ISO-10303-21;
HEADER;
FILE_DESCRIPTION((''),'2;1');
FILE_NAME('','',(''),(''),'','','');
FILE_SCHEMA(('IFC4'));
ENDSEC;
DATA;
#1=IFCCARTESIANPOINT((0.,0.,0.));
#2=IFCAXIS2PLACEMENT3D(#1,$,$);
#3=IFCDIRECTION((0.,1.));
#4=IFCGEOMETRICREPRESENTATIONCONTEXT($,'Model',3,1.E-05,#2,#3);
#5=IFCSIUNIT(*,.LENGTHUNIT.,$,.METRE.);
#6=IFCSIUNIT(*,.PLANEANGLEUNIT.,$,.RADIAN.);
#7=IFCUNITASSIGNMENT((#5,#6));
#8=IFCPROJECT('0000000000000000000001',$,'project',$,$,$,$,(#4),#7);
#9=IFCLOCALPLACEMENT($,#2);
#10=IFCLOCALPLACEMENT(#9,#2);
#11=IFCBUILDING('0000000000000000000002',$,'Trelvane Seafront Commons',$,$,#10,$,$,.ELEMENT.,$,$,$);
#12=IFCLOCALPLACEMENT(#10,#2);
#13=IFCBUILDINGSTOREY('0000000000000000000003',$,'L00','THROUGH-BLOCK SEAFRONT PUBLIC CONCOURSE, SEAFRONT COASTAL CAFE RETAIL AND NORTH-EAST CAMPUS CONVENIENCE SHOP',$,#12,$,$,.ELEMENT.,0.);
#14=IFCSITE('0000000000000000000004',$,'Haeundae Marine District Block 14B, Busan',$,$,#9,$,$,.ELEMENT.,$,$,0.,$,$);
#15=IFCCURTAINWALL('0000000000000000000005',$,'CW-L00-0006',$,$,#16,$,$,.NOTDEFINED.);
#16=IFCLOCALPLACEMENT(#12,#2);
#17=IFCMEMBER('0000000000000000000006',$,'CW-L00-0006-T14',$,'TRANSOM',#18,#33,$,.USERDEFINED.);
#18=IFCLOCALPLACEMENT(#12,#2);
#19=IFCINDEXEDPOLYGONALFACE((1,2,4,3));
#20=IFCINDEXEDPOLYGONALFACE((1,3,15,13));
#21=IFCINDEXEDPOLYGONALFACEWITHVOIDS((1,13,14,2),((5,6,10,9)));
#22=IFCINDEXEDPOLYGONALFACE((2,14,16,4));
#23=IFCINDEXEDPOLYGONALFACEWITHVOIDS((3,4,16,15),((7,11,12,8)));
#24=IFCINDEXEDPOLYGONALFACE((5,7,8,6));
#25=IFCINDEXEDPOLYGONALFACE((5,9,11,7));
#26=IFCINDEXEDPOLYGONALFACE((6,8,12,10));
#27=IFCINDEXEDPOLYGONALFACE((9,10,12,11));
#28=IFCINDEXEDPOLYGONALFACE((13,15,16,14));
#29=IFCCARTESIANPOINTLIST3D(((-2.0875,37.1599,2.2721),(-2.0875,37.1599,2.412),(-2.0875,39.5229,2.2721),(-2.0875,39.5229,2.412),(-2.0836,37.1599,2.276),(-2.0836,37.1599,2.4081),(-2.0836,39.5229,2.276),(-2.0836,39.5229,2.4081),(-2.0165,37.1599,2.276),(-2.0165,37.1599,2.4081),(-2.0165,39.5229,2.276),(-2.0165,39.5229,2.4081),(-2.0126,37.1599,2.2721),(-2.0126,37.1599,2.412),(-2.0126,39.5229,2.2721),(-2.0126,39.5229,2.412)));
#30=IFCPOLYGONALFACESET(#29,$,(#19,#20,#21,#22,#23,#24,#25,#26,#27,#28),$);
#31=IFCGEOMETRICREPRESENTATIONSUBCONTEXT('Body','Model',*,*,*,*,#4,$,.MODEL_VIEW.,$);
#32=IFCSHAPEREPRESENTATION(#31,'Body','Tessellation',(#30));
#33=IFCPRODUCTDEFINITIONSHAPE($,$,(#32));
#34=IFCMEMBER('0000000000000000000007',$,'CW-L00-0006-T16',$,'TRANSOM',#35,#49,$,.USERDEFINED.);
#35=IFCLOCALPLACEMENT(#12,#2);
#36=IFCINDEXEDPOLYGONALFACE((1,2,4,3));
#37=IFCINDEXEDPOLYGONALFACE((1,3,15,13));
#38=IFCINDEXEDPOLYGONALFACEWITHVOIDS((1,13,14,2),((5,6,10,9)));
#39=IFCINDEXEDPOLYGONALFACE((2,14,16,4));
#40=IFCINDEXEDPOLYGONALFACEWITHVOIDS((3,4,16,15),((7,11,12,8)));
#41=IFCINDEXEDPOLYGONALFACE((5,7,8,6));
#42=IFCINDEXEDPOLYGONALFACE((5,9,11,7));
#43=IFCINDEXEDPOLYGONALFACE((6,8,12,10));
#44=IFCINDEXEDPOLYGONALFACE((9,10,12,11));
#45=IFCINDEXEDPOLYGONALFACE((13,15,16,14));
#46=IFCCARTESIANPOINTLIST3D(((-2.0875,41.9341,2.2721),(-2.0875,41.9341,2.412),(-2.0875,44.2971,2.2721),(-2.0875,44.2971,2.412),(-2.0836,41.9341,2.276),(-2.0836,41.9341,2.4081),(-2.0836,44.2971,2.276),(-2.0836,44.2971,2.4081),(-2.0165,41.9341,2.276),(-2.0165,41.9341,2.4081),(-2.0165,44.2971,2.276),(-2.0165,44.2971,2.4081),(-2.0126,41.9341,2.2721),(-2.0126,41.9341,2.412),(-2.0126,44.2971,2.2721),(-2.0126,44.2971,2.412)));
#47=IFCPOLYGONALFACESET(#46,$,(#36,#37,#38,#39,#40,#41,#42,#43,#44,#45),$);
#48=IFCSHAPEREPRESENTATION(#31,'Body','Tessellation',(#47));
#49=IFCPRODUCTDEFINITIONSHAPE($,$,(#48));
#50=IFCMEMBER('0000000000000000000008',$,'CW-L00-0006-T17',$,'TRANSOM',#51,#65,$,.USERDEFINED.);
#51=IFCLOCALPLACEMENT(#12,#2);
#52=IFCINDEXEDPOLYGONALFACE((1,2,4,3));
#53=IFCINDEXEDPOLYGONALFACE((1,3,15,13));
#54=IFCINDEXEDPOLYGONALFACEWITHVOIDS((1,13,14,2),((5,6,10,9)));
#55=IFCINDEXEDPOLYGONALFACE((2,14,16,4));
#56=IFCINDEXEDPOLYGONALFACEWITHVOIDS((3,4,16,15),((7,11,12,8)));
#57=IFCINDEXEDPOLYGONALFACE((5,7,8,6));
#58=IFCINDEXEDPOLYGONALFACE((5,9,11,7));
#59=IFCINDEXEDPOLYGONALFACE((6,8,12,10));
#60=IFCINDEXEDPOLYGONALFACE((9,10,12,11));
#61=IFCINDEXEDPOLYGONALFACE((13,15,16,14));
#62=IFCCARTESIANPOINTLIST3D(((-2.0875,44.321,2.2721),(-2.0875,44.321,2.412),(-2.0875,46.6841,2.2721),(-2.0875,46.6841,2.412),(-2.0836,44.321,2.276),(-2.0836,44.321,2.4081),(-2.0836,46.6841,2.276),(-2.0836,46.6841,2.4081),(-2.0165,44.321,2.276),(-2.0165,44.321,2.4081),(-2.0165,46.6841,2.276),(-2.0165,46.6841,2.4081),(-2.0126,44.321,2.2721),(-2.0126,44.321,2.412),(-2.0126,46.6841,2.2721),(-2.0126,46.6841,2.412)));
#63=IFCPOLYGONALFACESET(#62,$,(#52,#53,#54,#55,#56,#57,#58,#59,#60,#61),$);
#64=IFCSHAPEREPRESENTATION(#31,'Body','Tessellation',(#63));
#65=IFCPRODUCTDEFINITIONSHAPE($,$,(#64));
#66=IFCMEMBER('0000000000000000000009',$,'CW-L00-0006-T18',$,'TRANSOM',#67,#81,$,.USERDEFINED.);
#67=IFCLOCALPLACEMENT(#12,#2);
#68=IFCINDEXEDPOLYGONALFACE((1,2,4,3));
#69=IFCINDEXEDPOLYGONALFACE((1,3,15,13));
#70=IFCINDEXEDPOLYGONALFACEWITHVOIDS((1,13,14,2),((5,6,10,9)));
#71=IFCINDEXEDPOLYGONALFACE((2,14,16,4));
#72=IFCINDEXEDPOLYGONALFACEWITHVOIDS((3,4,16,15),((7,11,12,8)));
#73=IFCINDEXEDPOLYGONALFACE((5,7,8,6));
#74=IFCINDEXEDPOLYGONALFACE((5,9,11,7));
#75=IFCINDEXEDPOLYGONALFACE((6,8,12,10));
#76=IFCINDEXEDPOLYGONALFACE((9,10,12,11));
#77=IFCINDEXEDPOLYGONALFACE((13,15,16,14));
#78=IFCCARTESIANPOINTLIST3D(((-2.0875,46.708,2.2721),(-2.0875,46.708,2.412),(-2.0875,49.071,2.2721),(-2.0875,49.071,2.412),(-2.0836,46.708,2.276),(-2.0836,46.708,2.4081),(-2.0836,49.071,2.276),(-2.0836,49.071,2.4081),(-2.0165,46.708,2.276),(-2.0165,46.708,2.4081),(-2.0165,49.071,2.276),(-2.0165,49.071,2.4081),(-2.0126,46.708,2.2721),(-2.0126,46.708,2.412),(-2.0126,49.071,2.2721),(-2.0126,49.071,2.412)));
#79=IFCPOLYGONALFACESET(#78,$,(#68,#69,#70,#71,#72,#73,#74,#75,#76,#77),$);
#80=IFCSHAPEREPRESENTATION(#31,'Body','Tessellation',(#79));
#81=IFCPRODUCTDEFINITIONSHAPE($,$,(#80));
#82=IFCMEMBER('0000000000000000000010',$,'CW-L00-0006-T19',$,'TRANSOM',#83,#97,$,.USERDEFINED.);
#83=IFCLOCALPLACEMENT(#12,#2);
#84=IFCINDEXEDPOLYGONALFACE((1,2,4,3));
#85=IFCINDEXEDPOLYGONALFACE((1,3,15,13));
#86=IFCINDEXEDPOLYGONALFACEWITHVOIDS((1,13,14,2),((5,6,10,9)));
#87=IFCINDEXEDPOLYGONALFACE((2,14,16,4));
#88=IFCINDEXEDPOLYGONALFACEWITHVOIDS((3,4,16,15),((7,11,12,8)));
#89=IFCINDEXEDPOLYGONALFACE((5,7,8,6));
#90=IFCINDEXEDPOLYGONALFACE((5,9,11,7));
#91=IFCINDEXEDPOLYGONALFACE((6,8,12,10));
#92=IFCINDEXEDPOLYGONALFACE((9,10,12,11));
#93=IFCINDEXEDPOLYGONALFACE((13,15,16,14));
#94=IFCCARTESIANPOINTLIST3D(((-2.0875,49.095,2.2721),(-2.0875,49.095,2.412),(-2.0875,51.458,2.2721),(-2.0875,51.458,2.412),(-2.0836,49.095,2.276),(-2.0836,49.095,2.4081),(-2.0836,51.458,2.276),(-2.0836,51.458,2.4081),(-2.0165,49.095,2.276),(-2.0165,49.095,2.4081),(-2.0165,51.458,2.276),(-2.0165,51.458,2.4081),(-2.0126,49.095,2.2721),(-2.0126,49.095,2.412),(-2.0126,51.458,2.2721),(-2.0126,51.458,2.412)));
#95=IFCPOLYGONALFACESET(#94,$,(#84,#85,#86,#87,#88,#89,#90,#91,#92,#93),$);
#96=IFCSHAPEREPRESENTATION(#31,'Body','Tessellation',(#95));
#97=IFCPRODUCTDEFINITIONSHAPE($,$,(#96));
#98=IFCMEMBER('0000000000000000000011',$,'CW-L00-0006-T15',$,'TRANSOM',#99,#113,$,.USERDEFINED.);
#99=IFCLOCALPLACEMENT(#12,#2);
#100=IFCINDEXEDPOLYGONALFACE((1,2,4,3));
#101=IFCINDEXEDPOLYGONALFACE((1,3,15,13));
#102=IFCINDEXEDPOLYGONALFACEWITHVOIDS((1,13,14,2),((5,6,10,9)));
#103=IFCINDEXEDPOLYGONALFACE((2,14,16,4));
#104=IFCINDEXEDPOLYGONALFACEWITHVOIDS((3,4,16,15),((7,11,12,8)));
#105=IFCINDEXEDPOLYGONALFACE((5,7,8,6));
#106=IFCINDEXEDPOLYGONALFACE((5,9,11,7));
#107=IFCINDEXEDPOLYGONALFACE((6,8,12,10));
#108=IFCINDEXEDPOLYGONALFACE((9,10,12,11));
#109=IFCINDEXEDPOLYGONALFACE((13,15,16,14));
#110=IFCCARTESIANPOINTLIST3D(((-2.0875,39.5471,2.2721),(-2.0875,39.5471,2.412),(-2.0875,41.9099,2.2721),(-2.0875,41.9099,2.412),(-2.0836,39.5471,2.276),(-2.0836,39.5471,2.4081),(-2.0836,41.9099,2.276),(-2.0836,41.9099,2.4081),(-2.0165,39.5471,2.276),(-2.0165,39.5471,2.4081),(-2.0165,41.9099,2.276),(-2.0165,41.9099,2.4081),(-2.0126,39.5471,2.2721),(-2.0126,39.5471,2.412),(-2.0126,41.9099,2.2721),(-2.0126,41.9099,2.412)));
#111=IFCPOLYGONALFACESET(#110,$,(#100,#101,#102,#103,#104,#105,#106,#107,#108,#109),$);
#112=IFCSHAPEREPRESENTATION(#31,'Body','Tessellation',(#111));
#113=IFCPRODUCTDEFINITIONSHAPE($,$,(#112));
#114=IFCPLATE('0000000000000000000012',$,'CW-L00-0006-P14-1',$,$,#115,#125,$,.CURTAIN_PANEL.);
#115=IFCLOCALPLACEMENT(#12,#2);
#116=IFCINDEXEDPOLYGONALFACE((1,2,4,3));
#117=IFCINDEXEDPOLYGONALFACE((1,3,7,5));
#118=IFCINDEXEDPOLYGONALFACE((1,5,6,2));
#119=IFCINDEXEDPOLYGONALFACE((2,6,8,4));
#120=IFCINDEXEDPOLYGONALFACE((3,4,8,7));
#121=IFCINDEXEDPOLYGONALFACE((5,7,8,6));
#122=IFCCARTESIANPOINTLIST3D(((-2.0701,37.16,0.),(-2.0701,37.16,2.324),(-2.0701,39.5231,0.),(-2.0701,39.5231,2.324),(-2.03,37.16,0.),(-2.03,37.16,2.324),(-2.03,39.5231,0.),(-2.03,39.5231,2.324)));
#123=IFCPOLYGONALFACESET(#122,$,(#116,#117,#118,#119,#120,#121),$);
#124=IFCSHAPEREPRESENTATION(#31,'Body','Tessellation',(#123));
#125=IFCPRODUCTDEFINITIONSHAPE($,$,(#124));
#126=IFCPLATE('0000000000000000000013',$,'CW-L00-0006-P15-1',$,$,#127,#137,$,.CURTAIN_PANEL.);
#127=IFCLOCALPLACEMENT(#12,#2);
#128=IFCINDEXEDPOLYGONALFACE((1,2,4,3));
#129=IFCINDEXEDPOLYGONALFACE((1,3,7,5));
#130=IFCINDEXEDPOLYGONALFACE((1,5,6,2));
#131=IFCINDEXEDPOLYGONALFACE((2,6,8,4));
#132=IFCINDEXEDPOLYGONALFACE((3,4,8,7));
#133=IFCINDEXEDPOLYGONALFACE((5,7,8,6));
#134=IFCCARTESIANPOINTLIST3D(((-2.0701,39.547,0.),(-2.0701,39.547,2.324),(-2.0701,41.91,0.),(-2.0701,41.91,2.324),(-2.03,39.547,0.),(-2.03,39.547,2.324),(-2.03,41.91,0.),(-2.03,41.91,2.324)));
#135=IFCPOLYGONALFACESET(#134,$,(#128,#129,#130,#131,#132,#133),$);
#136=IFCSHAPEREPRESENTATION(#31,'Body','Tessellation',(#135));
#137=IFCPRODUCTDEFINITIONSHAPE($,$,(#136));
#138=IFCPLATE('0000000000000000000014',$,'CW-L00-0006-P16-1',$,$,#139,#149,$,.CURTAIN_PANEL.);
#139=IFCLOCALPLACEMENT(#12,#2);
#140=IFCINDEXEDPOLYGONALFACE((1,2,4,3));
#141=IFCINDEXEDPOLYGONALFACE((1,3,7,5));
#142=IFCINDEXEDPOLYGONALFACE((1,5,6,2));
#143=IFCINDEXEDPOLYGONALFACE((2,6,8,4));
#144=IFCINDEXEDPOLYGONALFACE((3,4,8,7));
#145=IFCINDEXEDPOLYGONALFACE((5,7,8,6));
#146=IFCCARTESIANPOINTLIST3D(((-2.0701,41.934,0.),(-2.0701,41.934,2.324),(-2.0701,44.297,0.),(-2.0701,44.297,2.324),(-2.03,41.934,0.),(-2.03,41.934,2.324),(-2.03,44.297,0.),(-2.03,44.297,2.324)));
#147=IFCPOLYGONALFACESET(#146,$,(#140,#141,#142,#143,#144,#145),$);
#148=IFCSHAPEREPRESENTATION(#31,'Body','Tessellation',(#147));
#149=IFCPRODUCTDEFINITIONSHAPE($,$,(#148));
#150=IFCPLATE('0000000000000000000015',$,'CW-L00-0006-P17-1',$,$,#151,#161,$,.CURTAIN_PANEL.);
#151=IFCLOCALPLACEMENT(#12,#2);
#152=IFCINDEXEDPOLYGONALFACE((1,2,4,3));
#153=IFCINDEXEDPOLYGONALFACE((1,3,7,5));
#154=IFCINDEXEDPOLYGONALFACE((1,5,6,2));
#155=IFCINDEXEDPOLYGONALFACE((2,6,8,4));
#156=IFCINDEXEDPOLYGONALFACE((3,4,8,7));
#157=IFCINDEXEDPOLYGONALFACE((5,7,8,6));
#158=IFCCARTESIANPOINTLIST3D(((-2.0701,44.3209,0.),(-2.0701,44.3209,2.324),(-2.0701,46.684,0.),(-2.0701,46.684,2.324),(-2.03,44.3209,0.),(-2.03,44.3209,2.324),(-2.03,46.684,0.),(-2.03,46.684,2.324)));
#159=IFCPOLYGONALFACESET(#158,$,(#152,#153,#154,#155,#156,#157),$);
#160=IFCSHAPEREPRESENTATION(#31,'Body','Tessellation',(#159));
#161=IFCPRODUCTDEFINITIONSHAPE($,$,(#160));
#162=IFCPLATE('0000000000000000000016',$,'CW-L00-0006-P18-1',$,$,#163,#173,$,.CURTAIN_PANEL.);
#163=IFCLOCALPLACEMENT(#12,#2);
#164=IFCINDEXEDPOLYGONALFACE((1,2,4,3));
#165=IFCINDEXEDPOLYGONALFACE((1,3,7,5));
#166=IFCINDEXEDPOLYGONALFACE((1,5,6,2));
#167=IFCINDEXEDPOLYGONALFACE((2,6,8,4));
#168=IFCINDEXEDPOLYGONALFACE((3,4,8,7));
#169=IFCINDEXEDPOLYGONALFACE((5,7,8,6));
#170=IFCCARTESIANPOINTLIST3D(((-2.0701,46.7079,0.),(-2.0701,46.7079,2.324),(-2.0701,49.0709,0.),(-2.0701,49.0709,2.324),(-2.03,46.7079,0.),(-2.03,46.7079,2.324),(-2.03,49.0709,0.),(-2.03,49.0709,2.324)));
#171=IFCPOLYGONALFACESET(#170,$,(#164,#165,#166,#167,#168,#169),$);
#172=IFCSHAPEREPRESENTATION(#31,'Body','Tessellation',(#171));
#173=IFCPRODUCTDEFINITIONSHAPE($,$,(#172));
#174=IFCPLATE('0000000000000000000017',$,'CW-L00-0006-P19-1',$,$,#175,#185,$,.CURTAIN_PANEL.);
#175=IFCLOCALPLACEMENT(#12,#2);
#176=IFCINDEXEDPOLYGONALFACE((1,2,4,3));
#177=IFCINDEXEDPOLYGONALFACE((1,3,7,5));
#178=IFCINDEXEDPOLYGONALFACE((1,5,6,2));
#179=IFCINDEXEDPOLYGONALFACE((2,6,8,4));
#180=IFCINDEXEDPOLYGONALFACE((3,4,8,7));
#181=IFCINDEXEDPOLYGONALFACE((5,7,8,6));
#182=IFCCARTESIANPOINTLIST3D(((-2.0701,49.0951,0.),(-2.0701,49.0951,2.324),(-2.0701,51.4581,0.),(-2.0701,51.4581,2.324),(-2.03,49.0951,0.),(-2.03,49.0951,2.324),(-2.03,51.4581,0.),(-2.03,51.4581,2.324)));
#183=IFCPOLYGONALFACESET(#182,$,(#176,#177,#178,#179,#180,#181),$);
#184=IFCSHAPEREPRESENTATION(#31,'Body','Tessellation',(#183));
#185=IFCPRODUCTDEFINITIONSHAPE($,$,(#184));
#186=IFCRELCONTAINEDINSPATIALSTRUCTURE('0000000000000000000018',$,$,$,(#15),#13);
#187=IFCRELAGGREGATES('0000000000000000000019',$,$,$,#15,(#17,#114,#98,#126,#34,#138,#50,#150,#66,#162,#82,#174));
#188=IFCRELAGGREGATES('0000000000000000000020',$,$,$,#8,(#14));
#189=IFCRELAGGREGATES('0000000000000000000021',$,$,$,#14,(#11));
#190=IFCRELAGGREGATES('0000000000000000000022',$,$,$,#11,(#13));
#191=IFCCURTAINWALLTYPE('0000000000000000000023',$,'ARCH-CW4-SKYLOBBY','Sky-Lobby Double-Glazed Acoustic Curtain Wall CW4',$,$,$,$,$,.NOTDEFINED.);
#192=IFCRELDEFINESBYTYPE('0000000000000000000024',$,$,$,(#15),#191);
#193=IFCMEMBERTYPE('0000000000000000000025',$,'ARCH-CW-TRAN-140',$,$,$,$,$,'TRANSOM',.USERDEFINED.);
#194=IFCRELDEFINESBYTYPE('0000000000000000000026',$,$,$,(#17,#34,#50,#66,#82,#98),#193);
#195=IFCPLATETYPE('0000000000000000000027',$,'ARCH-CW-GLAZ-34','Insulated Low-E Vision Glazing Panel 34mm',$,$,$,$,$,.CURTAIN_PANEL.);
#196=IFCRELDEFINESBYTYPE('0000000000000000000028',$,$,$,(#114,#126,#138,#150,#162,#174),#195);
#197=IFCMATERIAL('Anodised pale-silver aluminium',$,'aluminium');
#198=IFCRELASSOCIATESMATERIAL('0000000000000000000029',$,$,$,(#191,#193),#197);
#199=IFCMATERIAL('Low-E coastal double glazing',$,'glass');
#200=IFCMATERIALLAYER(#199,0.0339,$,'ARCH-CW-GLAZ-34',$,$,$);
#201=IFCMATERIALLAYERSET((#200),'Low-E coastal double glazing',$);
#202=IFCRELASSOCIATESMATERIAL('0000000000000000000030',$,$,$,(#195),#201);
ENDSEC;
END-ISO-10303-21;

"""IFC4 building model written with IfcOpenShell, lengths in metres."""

from ifc_helpers import new_model, si_unit, direction, frame, origin, origin_2d, place, context, subcontext, project, spatial, rectangle, hollow_rectangle, extrude, source, transform, mapped, material, layer, layer_set, material_profile, profile_set, type_object, element, aggregate, save


model = new_model("IFC4")

# Units and contexts
model_context = context("Model", 3, precision=1e-05, world=origin(), true_north=direction((0.0, 1.0)))
body_context = subcontext(model_context, "Body", "Model", "MODEL_VIEW")
ifc_project = project(units=[si_unit("LENGTHUNIT", "METRE"), si_unit("PLANEANGLEUNIT", "RADIAN")], contexts=[model_context])

# Site, building, storey
site_placement = place(None, origin())
site = spatial("IfcSite", under=ifc_project, at=site_placement, Name="Haeundae Marine District Block 14B, Busan", CompositionType="ELEMENT", RefElevation=0.0)
building_placement = place(site_placement, origin())
building = spatial("IfcBuilding", under=site, at=building_placement, Name="Trelvane Seafront Commons", CompositionType="ELEMENT")
storey_placement = place(building_placement, origin())
storey = spatial("IfcBuildingStorey", under=building, at=storey_placement, Name="L00", Description="THROUGH-BLOCK SEAFRONT PUBLIC CONCOURSE, SEAFRONT COASTAL CAFE RETAIL AND NORTH-EAST CAMPUS CONVENIENCE SHOP", CompositionType="ELEMENT", Elevation=0.0)

# Curtain wall, members, plates
ifc_material_1 = material(Name="Anodised pale-silver aluminium", Category="aluminium")
curtain_wall_type = type_object("IfcCurtainWallType", Name="ARCH-CW4-SKYLOBBY", Description="Sky-Lobby Double-Glazed Acoustic Curtain Wall CW4", PredefinedType="NOTDEFINED", material=ifc_material_1)
curtain_wall_placement = place(storey_placement, origin())
curtain_wall = element("IfcCurtainWall", 1, at=curtain_wall_placement, inside=storey, type_object=curtain_wall_type, Name="CW-L00-0006", PredefinedType="NOTDEFINED")
ifc_material_profile_1 = material_profile(ifc_material_1, hollow_rectangle(XDim=0.075, YDim=0.1399, WallThickness=0.0039, at=origin_2d()), Name="TRAN-75x140x4")
ifc_profile_set_1 = profile_set([ifc_material_profile_1], Name="Anodised pale-silver aluminium")
member_type_1 = type_object("IfcMemberType", Name="ARCH-CW-TRAN-140", ElementType="TRANSOM", PredefinedType="USERDEFINED", material=ifc_profile_set_1)
shared_shape_1 = source(origin(), body_context, "Body", "SweptSolid", [
    extrude(hollow_rectangle(XDim=0.075, YDim=0.1399, WallThickness=0.0039, at=origin_2d()), origin(), (0.0, 0.0, 1.0), 2.363),
])
member_1_placement = place(storey_placement, frame((-2.05, 37.1599, 2.342), z_axis=(0.0, 1.0, 0.0), x_axis=(-1.0, 0.0, 0.0)))
member_1 = element("IfcMember", 2, at=member_1_placement, type_object=member_type_1, Name="CW-L00-0006-T14", ObjectType="TRANSOM", PredefinedType="USERDEFINED", context=body_context, shape_type="MappedRepresentation", body=[
    mapped(shared_shape_1, transform((0.0, 0.0, 0.0), x_axis=(1.0, 0.0, 0.0), y_axis=(0.0, 1.0, 0.0), z_axis=(0.0, 0.0, 1.0), scale=1.0)),
])
member_2_placement = place(storey_placement, frame((-2.05, 41.9341, 2.342), z_axis=(0.0, 1.0, 0.0), x_axis=(-1.0, 0.0, 0.0)))
member_2 = element("IfcMember", 3, at=member_2_placement, type_object=member_type_1, Name="CW-L00-0006-T16", ObjectType="TRANSOM", PredefinedType="USERDEFINED", context=body_context, shape_type="MappedRepresentation", body=[
    mapped(shared_shape_1, transform((0.0, 0.0, 0.0), x_axis=(1.0, 0.0, 0.0), y_axis=(0.0, 1.0, 0.0), z_axis=(0.0, 0.0, 1.0), scale=1.0)),
])
member_3_placement = place(storey_placement, frame((-2.05, 44.321, 2.342), z_axis=(0.0, 1.0, 0.0), x_axis=(-1.0, 0.0, 0.0)))
member_3 = element("IfcMember", 4, at=member_3_placement, type_object=member_type_1, Name="CW-L00-0006-T17", ObjectType="TRANSOM", PredefinedType="USERDEFINED", context=body_context, shape_type="MappedRepresentation", body=[
    mapped(shared_shape_1, transform((0.0, 0.0, 0.0), x_axis=(1.0, 0.0, 0.0), y_axis=(0.0, 1.0, 0.0), z_axis=(0.0, 0.0, 1.0), scale=1.0)),
])
member_4_placement = place(storey_placement, frame((-2.05, 46.708, 2.342), z_axis=(0.0, 1.0, 0.0), x_axis=(-1.0, 0.0, 0.0)))
member_4 = element("IfcMember", 5, at=member_4_placement, type_object=member_type_1, Name="CW-L00-0006-T18", ObjectType="TRANSOM", PredefinedType="USERDEFINED", context=body_context, shape_type="MappedRepresentation", body=[
    mapped(shared_shape_1, transform((0.0, 0.0, 0.0), x_axis=(1.0, 0.0, 0.0), y_axis=(0.0, 1.0, 0.0), z_axis=(0.0, 0.0, 1.0), scale=1.0)),
])
member_5_placement = place(storey_placement, frame((-2.05, 49.095, 2.342), z_axis=(0.0, 1.0, 0.0), x_axis=(-1.0, 0.0, 0.0)))
member_5 = element("IfcMember", 6, at=member_5_placement, type_object=member_type_1, Name="CW-L00-0006-T19", ObjectType="TRANSOM", PredefinedType="USERDEFINED", context=body_context, shape_type="MappedRepresentation", body=[
    mapped(shared_shape_1, transform((0.0, 0.0, 0.0), x_axis=(1.0, 0.0, 0.0), y_axis=(0.0, 1.0, 0.0), z_axis=(0.0, 0.0, 1.0), scale=1.0)),
])
shared_shape_2 = source(origin(), body_context, "Body", "SweptSolid", [
    extrude(hollow_rectangle(XDim=0.075, YDim=0.1399, WallThickness=0.0039, at=origin_2d()), origin(), (0.0, 0.0, 1.0), 2.3628),
])
member_6_placement = place(storey_placement, frame((-2.05, 39.5471, 2.342), z_axis=(0.0, 1.0, 0.0), x_axis=(-1.0, 0.0, 0.0)))
member_6 = element("IfcMember", 7, at=member_6_placement, type_object=member_type_1, Name="CW-L00-0006-T15", ObjectType="TRANSOM", PredefinedType="USERDEFINED", context=body_context, shape_type="MappedRepresentation", body=[
    mapped(shared_shape_2, transform((0.0, 0.0, 0.0), x_axis=(1.0, 0.0, 0.0), y_axis=(0.0, 1.0, 0.0), z_axis=(0.0, 0.0, 1.0), scale=1.0)),
])
ifc_material_2 = material(Name="Low-E coastal double glazing", Category="glass")
ifc_layer_1 = layer(ifc_material_2, 0.0339, Name="ARCH-CW-GLAZ-34")
ifc_layer_set_1 = layer_set([ifc_layer_1], Name="Low-E coastal double glazing")
plate_type = type_object("IfcPlateType", Name="ARCH-CW-GLAZ-34", Description="Insulated Low-E Vision Glazing Panel 34mm", PredefinedType="CURTAIN_PANEL", material=ifc_layer_set_1)
shared_shape_3 = source(origin(), body_context, "Body", "SweptSolid", [
    extrude(rectangle(XDim=2.363, YDim=0.04, at=origin_2d()), origin(), (0.0, 0.0, 1.0), 2.324),
])
plate_1_placement = place(storey_placement, frame((-2.05, 38.3416, 0.0), z_axis=(0.0, 0.0, 1.0), x_axis=(0.0, 1.0, 0.0)))
plate_1 = element("IfcPlate", 8, at=plate_1_placement, type_object=plate_type, Name="CW-L00-0006-P14-1", PredefinedType="CURTAIN_PANEL", context=body_context, shape_type="MappedRepresentation", body=[
    mapped(shared_shape_3, transform((0.0, 0.0, 0.0), x_axis=(1.0, 0.0, 0.0), y_axis=(0.0, 1.0, 0.0), z_axis=(0.0, 0.0, 1.0), scale=1.0)),
])
plate_2_placement = place(storey_placement, frame((-2.05, 40.7285, 0.0), z_axis=(0.0, 0.0, 1.0), x_axis=(0.0, 1.0, 0.0)))
plate_2 = element("IfcPlate", 9, at=plate_2_placement, type_object=plate_type, Name="CW-L00-0006-P15-1", PredefinedType="CURTAIN_PANEL", context=body_context, shape_type="MappedRepresentation", body=[
    mapped(shared_shape_3, transform((0.0, 0.0, 0.0), x_axis=(1.0, 0.0, 0.0), y_axis=(0.0, 1.0, 0.0), z_axis=(0.0, 0.0, 1.0), scale=1.0)),
])
plate_3_placement = place(storey_placement, frame((-2.05, 43.1155, 0.0), z_axis=(0.0, 0.0, 1.0), x_axis=(0.0, 1.0, 0.0)))
plate_3 = element("IfcPlate", 10, at=plate_3_placement, type_object=plate_type, Name="CW-L00-0006-P16-1", PredefinedType="CURTAIN_PANEL", context=body_context, shape_type="MappedRepresentation", body=[
    mapped(shared_shape_3, transform((0.0, 0.0, 0.0), x_axis=(1.0, 0.0, 0.0), y_axis=(0.0, 1.0, 0.0), z_axis=(0.0, 0.0, 1.0), scale=1.0)),
])
plate_4_placement = place(storey_placement, frame((-2.05, 45.5024, 0.0), z_axis=(0.0, 0.0, 1.0), x_axis=(0.0, 1.0, 0.0)))
plate_4 = element("IfcPlate", 11, at=plate_4_placement, type_object=plate_type, Name="CW-L00-0006-P17-1", PredefinedType="CURTAIN_PANEL", context=body_context, shape_type="MappedRepresentation", body=[
    mapped(shared_shape_3, transform((0.0, 0.0, 0.0), x_axis=(1.0, 0.0, 0.0), y_axis=(0.0, 1.0, 0.0), z_axis=(0.0, 0.0, 1.0), scale=1.0)),
])
plate_5_placement = place(storey_placement, frame((-2.05, 47.8894, 0.0), z_axis=(0.0, 0.0, 1.0), x_axis=(0.0, 1.0, 0.0)))
plate_5 = element("IfcPlate", 12, at=plate_5_placement, type_object=plate_type, Name="CW-L00-0006-P18-1", PredefinedType="CURTAIN_PANEL", context=body_context, shape_type="MappedRepresentation", body=[
    mapped(shared_shape_3, transform((0.0, 0.0, 0.0), x_axis=(1.0, 0.0, 0.0), y_axis=(0.0, 1.0, 0.0), z_axis=(0.0, 0.0, 1.0), scale=1.0)),
])
plate_6_placement = place(storey_placement, frame((-2.05, 50.2766, 0.0), z_axis=(0.0, 0.0, 1.0), x_axis=(0.0, 1.0, 0.0)))
plate_6 = element("IfcPlate", 13, at=plate_6_placement, type_object=plate_type, Name="CW-L00-0006-P19-1", PredefinedType="CURTAIN_PANEL", context=body_context, shape_type="MappedRepresentation", body=[
    mapped(shared_shape_3, transform((0.0, 0.0, 0.0), x_axis=(1.0, 0.0, 0.0), y_axis=(0.0, 1.0, 0.0), z_axis=(0.0, 0.0, 1.0), scale=1.0)),
])
aggregate(curtain_wall, [member_1, plate_1, member_6, plate_2, member_2, plate_3, member_3, plate_4, member_4, plate_5, member_5, plate_6])

save(model, "model.ifc")
